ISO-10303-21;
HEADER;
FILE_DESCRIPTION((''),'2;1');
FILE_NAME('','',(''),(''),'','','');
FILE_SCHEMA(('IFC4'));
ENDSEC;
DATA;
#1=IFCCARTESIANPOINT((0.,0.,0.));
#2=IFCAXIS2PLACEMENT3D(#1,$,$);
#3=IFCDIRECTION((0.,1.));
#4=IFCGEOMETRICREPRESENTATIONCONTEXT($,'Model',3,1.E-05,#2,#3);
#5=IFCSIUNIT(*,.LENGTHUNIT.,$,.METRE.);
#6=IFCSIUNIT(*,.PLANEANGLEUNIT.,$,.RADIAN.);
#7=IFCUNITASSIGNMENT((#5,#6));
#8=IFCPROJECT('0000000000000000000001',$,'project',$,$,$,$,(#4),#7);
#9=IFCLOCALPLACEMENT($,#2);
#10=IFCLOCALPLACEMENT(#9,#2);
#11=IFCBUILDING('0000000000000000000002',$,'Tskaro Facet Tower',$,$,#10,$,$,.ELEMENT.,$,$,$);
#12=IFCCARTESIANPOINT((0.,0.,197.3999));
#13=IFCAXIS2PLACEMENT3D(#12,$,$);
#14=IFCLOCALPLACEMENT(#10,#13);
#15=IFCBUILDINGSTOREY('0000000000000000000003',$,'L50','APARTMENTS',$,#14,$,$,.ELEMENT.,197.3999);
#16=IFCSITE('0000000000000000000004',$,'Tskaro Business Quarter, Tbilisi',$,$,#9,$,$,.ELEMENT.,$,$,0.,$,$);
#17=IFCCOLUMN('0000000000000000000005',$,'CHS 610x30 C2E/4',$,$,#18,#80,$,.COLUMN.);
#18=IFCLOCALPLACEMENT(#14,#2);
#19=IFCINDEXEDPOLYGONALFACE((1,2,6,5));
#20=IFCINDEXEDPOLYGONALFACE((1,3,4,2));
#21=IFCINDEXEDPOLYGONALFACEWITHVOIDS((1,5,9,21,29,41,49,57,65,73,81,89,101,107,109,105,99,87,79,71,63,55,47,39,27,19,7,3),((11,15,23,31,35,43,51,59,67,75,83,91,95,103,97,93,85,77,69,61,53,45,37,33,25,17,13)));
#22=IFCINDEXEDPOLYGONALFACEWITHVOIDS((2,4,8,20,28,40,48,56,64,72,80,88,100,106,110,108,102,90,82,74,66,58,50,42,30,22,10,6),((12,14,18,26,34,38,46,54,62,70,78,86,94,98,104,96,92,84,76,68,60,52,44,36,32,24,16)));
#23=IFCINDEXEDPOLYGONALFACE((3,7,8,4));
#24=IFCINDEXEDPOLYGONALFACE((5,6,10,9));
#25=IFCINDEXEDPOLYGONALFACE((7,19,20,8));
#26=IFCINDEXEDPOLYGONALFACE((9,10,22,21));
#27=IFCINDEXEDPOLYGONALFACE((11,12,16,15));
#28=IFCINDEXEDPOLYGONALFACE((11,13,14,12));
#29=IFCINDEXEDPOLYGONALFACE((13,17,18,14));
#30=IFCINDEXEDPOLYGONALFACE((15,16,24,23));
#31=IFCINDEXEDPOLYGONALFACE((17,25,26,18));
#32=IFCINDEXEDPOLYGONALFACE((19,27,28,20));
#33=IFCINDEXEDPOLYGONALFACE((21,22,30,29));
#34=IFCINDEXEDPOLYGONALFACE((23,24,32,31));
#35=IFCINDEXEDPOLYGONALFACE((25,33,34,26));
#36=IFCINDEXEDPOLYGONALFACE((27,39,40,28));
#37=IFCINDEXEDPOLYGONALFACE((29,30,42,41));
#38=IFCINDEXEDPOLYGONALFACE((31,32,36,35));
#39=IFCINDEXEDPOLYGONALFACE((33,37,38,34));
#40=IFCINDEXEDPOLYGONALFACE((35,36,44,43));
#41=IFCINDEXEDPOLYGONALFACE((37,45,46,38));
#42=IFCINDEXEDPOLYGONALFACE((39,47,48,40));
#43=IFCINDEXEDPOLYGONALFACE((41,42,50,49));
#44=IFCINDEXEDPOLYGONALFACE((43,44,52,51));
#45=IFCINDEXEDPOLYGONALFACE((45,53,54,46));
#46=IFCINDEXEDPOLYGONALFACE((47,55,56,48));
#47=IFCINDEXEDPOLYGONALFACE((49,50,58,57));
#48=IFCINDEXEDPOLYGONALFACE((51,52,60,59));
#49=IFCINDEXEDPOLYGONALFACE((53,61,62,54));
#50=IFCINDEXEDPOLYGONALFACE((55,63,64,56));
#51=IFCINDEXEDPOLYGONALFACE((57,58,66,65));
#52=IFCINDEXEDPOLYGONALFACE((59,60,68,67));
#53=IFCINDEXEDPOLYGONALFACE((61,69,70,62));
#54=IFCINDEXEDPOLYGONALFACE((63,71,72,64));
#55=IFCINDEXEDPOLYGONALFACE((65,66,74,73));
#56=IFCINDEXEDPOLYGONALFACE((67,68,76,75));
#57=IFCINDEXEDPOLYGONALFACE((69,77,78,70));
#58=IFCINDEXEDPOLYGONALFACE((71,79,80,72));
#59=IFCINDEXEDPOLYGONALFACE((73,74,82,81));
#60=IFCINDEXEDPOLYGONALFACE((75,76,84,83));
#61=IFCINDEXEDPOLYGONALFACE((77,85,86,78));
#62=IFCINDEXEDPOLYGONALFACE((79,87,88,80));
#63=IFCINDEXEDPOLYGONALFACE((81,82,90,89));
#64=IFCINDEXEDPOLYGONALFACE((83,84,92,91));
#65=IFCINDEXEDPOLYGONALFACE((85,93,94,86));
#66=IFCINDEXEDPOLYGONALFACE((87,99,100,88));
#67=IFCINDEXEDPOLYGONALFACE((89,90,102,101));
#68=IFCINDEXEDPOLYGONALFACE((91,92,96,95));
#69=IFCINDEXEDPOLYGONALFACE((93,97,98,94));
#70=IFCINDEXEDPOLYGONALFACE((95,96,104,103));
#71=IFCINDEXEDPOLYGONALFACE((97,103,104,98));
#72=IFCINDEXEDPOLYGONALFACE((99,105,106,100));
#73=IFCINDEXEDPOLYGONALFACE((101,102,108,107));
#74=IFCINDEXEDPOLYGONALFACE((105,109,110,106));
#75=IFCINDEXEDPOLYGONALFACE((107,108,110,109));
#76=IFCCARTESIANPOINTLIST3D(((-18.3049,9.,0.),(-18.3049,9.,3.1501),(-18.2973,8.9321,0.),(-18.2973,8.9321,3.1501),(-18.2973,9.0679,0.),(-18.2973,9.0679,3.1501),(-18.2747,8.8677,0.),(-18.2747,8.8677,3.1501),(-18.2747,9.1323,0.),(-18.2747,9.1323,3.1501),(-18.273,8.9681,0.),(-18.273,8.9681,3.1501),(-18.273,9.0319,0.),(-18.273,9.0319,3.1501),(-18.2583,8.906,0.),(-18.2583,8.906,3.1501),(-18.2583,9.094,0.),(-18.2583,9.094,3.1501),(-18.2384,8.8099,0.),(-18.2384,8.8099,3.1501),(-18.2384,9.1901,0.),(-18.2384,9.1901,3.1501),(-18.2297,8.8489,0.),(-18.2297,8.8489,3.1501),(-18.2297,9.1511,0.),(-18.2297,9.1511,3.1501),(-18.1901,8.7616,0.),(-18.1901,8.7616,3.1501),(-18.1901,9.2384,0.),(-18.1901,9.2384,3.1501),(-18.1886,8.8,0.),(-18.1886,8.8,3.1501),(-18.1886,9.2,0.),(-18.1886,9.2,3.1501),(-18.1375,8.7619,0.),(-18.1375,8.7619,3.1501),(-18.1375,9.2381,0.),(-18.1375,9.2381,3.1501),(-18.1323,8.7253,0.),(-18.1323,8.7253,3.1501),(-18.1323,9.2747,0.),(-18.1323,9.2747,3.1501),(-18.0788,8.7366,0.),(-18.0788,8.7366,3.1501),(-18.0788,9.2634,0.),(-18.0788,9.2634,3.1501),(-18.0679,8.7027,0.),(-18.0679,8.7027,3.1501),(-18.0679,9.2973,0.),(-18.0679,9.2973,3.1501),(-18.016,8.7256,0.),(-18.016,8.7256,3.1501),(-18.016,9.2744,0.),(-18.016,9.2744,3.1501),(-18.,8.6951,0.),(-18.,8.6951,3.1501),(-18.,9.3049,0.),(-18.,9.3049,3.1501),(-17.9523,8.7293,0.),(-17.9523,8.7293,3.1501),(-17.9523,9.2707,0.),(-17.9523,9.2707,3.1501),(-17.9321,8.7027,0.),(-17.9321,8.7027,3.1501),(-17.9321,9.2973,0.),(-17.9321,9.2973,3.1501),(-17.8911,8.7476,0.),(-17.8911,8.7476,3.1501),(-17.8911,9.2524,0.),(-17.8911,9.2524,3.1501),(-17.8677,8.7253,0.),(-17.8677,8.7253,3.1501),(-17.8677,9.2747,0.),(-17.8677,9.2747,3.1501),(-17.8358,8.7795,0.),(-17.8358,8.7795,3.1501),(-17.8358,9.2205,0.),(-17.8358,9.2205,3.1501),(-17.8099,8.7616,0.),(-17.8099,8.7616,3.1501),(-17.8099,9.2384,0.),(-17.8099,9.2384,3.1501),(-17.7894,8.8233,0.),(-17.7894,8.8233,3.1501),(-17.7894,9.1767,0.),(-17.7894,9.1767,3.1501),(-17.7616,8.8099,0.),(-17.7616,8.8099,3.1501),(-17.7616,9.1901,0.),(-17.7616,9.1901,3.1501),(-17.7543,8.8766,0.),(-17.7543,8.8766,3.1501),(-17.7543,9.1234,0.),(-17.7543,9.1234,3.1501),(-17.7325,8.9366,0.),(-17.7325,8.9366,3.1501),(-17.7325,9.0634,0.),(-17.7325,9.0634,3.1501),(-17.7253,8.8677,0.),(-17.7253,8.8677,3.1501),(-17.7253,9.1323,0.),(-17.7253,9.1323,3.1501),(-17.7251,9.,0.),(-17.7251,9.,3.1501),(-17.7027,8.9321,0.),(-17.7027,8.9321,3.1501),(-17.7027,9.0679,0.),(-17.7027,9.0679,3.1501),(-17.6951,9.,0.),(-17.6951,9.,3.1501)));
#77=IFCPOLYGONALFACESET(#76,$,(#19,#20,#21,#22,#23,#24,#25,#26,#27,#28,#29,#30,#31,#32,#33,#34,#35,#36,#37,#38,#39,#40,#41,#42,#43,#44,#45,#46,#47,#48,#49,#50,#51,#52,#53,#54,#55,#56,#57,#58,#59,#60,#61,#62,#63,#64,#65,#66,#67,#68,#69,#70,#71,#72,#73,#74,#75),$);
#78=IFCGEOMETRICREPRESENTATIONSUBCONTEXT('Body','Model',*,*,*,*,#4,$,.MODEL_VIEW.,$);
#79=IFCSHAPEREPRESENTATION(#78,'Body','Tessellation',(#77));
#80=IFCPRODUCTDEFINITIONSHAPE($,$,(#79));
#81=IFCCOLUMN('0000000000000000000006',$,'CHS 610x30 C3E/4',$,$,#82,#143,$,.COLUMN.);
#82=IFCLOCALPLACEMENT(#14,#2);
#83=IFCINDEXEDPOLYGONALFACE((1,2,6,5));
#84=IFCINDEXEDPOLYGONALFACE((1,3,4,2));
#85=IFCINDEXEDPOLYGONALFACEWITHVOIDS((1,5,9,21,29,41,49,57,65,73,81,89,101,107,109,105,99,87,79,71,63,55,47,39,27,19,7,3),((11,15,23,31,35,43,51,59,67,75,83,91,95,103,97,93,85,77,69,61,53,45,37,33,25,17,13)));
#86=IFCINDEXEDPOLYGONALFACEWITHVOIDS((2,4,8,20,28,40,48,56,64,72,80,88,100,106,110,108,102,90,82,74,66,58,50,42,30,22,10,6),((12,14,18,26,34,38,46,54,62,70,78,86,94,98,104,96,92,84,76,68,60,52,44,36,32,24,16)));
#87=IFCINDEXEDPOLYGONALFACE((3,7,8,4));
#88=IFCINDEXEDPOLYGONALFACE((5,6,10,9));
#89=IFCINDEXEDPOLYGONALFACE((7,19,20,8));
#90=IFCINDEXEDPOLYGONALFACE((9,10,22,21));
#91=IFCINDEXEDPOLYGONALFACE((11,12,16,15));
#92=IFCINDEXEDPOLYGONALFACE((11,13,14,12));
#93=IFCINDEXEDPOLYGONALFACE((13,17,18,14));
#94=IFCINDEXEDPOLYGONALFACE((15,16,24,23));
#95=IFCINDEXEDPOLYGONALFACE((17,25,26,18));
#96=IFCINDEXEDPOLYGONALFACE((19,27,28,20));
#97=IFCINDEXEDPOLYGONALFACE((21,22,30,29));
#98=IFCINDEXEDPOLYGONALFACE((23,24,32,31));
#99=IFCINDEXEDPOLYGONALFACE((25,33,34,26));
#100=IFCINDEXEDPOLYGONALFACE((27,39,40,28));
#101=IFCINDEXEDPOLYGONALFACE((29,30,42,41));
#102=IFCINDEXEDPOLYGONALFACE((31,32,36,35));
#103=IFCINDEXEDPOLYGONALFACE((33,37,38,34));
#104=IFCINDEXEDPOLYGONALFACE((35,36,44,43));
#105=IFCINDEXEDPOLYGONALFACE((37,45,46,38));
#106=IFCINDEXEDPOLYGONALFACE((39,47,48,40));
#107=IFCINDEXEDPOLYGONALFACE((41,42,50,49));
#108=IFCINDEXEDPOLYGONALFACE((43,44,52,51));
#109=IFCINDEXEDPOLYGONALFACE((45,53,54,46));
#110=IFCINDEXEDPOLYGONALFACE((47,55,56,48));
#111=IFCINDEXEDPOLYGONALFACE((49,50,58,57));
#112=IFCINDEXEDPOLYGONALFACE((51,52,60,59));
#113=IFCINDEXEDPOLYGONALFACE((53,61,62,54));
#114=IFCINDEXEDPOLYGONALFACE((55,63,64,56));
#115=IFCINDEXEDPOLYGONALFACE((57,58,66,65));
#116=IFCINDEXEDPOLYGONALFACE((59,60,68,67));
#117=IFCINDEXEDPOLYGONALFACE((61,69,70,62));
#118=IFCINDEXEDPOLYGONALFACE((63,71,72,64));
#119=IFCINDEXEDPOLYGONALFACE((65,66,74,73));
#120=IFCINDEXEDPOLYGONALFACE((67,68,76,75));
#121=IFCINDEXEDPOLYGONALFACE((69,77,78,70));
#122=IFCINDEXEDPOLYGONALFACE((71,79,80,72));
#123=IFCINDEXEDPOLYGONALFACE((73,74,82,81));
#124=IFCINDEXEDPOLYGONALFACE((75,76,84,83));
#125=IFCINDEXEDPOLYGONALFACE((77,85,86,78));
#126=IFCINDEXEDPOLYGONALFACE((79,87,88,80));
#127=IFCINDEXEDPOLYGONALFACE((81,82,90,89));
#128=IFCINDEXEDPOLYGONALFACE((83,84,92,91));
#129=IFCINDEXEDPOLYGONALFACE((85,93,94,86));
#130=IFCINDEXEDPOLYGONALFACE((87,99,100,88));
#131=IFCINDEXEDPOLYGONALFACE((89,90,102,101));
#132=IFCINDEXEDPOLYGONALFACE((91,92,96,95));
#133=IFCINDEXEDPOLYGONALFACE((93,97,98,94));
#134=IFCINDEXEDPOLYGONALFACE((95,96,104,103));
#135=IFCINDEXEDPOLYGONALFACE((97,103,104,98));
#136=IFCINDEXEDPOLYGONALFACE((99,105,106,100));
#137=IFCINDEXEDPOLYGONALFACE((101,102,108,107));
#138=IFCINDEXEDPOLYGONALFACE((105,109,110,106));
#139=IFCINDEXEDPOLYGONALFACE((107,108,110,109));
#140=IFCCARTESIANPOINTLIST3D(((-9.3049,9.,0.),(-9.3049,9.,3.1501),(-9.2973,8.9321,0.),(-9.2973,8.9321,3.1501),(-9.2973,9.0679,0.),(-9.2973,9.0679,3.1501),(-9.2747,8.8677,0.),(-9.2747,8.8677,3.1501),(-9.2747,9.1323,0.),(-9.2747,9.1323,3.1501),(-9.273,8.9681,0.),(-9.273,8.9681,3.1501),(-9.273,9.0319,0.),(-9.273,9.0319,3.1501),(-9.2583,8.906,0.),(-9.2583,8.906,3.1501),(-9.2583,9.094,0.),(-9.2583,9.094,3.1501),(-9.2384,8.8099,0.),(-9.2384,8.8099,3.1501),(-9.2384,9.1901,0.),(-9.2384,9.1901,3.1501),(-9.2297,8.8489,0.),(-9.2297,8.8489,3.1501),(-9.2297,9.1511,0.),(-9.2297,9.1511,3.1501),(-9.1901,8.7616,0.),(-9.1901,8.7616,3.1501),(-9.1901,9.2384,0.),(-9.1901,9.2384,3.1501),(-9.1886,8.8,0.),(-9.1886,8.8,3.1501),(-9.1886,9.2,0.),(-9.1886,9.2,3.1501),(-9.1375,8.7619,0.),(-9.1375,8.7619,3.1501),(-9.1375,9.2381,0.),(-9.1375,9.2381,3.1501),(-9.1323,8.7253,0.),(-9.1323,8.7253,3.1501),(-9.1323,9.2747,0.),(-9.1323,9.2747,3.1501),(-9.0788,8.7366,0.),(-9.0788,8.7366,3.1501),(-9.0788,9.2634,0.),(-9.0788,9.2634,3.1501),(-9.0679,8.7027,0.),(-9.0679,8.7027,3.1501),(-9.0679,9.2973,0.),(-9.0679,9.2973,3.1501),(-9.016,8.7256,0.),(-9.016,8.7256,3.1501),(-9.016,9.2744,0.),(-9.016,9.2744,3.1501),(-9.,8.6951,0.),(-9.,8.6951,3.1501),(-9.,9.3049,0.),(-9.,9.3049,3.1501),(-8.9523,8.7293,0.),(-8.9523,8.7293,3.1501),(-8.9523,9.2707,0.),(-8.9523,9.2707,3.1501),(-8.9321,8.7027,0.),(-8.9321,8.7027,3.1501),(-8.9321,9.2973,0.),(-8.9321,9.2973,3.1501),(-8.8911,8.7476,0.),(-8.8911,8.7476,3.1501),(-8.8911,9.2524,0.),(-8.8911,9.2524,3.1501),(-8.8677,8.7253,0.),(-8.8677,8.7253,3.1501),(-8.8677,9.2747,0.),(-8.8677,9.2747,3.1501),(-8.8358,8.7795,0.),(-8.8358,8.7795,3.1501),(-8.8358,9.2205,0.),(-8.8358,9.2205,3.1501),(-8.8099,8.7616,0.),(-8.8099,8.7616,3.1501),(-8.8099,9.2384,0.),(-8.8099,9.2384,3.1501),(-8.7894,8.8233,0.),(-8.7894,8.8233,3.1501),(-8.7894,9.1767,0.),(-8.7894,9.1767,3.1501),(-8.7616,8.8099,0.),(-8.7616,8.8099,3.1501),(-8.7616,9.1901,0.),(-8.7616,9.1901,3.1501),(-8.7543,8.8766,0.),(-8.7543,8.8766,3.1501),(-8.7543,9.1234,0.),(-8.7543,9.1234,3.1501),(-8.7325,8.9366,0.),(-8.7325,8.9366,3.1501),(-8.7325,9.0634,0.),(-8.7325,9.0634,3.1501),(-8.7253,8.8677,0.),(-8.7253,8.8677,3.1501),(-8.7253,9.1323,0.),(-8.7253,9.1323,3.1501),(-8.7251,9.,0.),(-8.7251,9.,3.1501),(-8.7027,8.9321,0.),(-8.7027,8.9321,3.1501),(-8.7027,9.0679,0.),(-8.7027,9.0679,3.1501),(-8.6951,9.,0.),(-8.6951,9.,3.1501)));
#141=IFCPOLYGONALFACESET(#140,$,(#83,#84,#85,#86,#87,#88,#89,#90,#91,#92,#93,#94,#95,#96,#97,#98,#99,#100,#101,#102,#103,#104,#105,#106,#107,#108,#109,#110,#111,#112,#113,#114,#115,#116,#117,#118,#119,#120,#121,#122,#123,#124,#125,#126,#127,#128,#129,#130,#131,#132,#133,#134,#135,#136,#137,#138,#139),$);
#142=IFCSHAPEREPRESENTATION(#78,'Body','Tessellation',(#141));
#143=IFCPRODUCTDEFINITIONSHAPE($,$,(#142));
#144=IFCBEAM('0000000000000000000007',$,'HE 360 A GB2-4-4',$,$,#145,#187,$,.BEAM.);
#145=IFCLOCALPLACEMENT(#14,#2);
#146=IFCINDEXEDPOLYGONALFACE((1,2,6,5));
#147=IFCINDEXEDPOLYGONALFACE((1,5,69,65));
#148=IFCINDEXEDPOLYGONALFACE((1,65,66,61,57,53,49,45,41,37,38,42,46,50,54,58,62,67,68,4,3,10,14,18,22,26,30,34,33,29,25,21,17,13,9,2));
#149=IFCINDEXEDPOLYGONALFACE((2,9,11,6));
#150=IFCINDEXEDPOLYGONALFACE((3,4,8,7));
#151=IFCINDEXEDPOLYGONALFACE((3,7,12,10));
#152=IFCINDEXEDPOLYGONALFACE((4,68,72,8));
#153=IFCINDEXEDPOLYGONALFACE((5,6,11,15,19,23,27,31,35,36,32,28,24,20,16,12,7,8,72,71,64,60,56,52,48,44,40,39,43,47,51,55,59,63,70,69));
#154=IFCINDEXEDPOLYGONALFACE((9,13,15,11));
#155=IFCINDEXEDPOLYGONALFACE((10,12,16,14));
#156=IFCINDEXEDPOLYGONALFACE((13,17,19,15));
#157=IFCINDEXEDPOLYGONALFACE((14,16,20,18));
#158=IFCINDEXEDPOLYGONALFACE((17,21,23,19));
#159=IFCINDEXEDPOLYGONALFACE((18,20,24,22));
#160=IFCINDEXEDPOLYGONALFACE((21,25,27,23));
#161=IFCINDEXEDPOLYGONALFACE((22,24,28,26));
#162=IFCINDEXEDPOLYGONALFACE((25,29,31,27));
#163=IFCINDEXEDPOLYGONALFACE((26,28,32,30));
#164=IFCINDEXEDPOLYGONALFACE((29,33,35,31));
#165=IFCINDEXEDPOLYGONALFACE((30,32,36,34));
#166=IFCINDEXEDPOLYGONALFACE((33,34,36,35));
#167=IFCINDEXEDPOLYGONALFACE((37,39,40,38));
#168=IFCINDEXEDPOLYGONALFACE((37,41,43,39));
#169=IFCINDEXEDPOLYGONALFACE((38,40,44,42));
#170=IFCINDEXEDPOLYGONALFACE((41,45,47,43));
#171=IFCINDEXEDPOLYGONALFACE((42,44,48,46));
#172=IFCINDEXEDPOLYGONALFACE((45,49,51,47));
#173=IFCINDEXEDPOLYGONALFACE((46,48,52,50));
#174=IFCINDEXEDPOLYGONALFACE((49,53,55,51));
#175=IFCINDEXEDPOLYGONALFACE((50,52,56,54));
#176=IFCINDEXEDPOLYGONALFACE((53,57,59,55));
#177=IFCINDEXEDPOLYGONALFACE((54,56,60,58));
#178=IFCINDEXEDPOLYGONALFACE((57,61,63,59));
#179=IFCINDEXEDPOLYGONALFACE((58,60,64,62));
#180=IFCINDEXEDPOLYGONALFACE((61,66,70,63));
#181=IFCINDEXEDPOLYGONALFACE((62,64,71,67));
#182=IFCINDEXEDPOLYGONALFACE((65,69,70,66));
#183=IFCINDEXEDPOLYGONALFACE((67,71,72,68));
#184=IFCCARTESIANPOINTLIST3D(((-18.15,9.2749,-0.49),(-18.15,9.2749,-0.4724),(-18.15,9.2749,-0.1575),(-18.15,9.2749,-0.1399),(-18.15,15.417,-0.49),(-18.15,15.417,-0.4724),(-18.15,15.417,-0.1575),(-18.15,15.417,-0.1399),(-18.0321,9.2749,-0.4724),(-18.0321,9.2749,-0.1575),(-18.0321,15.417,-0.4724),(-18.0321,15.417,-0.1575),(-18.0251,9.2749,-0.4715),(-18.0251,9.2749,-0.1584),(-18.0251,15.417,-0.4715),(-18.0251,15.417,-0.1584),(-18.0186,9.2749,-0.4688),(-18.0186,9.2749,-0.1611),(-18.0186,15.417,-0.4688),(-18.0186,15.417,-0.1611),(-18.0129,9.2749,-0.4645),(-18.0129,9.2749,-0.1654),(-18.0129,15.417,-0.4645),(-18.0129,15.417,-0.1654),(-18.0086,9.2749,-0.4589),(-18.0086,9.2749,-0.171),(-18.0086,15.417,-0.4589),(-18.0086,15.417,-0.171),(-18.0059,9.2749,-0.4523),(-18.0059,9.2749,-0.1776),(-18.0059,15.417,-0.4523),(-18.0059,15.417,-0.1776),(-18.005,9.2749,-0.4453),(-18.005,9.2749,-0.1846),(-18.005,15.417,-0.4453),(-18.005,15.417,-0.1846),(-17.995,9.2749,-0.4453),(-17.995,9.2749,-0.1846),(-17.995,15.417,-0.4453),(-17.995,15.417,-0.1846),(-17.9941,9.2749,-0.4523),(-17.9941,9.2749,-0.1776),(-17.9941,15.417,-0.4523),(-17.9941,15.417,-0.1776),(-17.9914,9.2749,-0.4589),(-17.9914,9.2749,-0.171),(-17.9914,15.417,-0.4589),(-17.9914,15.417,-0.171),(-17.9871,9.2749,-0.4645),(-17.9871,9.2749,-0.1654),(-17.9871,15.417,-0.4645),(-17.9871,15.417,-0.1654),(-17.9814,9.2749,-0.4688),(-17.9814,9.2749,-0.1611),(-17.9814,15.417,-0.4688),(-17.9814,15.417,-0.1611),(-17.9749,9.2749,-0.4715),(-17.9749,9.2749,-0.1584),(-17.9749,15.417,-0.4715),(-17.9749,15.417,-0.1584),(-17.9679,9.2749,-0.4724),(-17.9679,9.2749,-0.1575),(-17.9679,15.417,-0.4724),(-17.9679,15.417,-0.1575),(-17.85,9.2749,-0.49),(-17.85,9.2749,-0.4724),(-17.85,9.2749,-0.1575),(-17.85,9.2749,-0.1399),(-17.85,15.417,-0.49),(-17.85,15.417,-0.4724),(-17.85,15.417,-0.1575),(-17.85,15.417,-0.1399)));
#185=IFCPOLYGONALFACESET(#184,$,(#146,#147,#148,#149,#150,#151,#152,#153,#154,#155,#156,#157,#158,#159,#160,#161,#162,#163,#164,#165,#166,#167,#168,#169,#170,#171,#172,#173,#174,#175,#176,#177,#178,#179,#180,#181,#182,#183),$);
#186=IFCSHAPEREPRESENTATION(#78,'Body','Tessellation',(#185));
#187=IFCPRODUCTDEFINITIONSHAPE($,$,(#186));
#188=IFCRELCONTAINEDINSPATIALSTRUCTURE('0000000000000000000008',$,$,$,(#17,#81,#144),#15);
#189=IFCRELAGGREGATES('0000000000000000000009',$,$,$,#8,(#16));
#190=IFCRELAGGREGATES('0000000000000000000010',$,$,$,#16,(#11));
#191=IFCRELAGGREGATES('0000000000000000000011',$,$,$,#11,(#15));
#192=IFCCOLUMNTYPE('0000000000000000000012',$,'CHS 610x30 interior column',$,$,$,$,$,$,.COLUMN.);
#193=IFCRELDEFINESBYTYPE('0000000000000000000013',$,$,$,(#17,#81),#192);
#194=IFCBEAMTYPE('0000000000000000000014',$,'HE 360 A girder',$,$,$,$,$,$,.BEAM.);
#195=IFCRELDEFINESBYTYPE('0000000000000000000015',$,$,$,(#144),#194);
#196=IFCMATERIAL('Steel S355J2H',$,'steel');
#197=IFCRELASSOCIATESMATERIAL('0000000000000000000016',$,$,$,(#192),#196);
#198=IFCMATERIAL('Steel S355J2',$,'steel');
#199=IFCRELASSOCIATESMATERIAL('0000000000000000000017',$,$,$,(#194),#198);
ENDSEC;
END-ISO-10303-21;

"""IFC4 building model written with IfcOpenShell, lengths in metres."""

from ifc_helpers import new_model, si_unit, direction, frame, origin, origin_2d, place, context, subcontext, project, spatial, hollow_circle, i_section, extrude, material, material_profile, profile_set, type_object, element, save


model = new_model("IFC4")

# Units and contexts
model_context = context("Model", 3, precision=1e-05, world=origin(), true_north=direction((0.0, 1.0)))
body_context = subcontext(model_context, "Body", "Model", "MODEL_VIEW")
ifc_project = project(units=[si_unit("LENGTHUNIT", "METRE"), si_unit("PLANEANGLEUNIT", "RADIAN")], contexts=[model_context])

# Site, building, storey
site_placement = place(None, origin())
site = spatial("IfcSite", under=ifc_project, at=site_placement, Name="Tskaro Business Quarter, Tbilisi", CompositionType="ELEMENT", RefElevation=0.0)
building_placement = place(site_placement, origin())
building = spatial("IfcBuilding", under=site, at=building_placement, Name="Tskaro Facet Tower", CompositionType="ELEMENT")
storey_placement = place(building_placement, frame((0.0, 0.0, 197.3999)))
storey = spatial("IfcBuildingStorey", under=building, at=storey_placement, Name="L50", Description="APARTMENTS", CompositionType="ELEMENT", Elevation=197.3999)

# Columns
ifc_material_1 = material(Name="Steel S355J2H", Category="steel")
ifc_material_profile_1 = material_profile(ifc_material_1, hollow_circle(Radius=0.3049, WallThickness=0.03, at=origin_2d()), Name="CHS 610x30")
ifc_profile_set_1 = profile_set([ifc_material_profile_1], Name="Steel S355J2H")
column_type = type_object("IfcColumnType", Name="CHS 610x30 interior column", PredefinedType="COLUMN", material=ifc_profile_set_1)
for number, where, z_axis, x_axis, name in (
    (1, (-18.0, 9.0, 0.0), (0.0, 0.0, 1.0), (1.0, 0.0, 0.0), "CHS 610x30 C2E/4"),
    (2, (-9.0, 9.0, 0.0), (0.0, 0.0, 1.0), (1.0, 0.0, 0.0), "CHS 610x30 C3E/4"),
):
    element("IfcColumn", number, at=place(storey_placement, frame(where, z_axis=z_axis, x_axis=x_axis)), inside=storey, type_object=column_type, Name=name, PredefinedType="COLUMN", context=body_context, shape_type="SweptSolid", body=[
        extrude(hollow_circle(Radius=0.3049, WallThickness=0.03, at=origin_2d()), origin(), (0.0, 0.0, 1.0), 3.1501),
    ])

# Beam
ifc_material_2 = material(Name="Steel S355J2", Category="steel")
ifc_material_profile_2 = material_profile(ifc_material_2, i_section(OverallWidth=0.3, OverallDepth=0.3501, WebThickness=0.01, FlangeThickness=0.0176, FilletRadius=0.0271, at=origin_2d()), Name="HE 360 A")
ifc_profile_set_2 = profile_set([ifc_material_profile_2], Name="Steel S355J2")
beam_type_1 = type_object("IfcBeamType", Name="HE 360 A girder", PredefinedType="BEAM", material=ifc_profile_set_2)
beam_1_placement = place(storey_placement, frame((-18.0, 9.2749, -0.3149), z_axis=(0.0, 1.0, 0.0), x_axis=(-1.0, 0.0, 0.0)))
element("IfcBeam", 3, at=beam_1_placement, inside=storey, type_object=beam_type_1, Name="HE 360 A GB2-4-4", PredefinedType="BEAM", context=body_context, shape_type="SweptSolid", body=[
    extrude(i_section(OverallWidth=0.3, OverallDepth=0.3501, WebThickness=0.01, FlangeThickness=0.0176, FilletRadius=0.0271, at=origin_2d()), origin(), (0.0, 0.0, 1.0), 6.1421),
])

save(model, "model.ifc")
